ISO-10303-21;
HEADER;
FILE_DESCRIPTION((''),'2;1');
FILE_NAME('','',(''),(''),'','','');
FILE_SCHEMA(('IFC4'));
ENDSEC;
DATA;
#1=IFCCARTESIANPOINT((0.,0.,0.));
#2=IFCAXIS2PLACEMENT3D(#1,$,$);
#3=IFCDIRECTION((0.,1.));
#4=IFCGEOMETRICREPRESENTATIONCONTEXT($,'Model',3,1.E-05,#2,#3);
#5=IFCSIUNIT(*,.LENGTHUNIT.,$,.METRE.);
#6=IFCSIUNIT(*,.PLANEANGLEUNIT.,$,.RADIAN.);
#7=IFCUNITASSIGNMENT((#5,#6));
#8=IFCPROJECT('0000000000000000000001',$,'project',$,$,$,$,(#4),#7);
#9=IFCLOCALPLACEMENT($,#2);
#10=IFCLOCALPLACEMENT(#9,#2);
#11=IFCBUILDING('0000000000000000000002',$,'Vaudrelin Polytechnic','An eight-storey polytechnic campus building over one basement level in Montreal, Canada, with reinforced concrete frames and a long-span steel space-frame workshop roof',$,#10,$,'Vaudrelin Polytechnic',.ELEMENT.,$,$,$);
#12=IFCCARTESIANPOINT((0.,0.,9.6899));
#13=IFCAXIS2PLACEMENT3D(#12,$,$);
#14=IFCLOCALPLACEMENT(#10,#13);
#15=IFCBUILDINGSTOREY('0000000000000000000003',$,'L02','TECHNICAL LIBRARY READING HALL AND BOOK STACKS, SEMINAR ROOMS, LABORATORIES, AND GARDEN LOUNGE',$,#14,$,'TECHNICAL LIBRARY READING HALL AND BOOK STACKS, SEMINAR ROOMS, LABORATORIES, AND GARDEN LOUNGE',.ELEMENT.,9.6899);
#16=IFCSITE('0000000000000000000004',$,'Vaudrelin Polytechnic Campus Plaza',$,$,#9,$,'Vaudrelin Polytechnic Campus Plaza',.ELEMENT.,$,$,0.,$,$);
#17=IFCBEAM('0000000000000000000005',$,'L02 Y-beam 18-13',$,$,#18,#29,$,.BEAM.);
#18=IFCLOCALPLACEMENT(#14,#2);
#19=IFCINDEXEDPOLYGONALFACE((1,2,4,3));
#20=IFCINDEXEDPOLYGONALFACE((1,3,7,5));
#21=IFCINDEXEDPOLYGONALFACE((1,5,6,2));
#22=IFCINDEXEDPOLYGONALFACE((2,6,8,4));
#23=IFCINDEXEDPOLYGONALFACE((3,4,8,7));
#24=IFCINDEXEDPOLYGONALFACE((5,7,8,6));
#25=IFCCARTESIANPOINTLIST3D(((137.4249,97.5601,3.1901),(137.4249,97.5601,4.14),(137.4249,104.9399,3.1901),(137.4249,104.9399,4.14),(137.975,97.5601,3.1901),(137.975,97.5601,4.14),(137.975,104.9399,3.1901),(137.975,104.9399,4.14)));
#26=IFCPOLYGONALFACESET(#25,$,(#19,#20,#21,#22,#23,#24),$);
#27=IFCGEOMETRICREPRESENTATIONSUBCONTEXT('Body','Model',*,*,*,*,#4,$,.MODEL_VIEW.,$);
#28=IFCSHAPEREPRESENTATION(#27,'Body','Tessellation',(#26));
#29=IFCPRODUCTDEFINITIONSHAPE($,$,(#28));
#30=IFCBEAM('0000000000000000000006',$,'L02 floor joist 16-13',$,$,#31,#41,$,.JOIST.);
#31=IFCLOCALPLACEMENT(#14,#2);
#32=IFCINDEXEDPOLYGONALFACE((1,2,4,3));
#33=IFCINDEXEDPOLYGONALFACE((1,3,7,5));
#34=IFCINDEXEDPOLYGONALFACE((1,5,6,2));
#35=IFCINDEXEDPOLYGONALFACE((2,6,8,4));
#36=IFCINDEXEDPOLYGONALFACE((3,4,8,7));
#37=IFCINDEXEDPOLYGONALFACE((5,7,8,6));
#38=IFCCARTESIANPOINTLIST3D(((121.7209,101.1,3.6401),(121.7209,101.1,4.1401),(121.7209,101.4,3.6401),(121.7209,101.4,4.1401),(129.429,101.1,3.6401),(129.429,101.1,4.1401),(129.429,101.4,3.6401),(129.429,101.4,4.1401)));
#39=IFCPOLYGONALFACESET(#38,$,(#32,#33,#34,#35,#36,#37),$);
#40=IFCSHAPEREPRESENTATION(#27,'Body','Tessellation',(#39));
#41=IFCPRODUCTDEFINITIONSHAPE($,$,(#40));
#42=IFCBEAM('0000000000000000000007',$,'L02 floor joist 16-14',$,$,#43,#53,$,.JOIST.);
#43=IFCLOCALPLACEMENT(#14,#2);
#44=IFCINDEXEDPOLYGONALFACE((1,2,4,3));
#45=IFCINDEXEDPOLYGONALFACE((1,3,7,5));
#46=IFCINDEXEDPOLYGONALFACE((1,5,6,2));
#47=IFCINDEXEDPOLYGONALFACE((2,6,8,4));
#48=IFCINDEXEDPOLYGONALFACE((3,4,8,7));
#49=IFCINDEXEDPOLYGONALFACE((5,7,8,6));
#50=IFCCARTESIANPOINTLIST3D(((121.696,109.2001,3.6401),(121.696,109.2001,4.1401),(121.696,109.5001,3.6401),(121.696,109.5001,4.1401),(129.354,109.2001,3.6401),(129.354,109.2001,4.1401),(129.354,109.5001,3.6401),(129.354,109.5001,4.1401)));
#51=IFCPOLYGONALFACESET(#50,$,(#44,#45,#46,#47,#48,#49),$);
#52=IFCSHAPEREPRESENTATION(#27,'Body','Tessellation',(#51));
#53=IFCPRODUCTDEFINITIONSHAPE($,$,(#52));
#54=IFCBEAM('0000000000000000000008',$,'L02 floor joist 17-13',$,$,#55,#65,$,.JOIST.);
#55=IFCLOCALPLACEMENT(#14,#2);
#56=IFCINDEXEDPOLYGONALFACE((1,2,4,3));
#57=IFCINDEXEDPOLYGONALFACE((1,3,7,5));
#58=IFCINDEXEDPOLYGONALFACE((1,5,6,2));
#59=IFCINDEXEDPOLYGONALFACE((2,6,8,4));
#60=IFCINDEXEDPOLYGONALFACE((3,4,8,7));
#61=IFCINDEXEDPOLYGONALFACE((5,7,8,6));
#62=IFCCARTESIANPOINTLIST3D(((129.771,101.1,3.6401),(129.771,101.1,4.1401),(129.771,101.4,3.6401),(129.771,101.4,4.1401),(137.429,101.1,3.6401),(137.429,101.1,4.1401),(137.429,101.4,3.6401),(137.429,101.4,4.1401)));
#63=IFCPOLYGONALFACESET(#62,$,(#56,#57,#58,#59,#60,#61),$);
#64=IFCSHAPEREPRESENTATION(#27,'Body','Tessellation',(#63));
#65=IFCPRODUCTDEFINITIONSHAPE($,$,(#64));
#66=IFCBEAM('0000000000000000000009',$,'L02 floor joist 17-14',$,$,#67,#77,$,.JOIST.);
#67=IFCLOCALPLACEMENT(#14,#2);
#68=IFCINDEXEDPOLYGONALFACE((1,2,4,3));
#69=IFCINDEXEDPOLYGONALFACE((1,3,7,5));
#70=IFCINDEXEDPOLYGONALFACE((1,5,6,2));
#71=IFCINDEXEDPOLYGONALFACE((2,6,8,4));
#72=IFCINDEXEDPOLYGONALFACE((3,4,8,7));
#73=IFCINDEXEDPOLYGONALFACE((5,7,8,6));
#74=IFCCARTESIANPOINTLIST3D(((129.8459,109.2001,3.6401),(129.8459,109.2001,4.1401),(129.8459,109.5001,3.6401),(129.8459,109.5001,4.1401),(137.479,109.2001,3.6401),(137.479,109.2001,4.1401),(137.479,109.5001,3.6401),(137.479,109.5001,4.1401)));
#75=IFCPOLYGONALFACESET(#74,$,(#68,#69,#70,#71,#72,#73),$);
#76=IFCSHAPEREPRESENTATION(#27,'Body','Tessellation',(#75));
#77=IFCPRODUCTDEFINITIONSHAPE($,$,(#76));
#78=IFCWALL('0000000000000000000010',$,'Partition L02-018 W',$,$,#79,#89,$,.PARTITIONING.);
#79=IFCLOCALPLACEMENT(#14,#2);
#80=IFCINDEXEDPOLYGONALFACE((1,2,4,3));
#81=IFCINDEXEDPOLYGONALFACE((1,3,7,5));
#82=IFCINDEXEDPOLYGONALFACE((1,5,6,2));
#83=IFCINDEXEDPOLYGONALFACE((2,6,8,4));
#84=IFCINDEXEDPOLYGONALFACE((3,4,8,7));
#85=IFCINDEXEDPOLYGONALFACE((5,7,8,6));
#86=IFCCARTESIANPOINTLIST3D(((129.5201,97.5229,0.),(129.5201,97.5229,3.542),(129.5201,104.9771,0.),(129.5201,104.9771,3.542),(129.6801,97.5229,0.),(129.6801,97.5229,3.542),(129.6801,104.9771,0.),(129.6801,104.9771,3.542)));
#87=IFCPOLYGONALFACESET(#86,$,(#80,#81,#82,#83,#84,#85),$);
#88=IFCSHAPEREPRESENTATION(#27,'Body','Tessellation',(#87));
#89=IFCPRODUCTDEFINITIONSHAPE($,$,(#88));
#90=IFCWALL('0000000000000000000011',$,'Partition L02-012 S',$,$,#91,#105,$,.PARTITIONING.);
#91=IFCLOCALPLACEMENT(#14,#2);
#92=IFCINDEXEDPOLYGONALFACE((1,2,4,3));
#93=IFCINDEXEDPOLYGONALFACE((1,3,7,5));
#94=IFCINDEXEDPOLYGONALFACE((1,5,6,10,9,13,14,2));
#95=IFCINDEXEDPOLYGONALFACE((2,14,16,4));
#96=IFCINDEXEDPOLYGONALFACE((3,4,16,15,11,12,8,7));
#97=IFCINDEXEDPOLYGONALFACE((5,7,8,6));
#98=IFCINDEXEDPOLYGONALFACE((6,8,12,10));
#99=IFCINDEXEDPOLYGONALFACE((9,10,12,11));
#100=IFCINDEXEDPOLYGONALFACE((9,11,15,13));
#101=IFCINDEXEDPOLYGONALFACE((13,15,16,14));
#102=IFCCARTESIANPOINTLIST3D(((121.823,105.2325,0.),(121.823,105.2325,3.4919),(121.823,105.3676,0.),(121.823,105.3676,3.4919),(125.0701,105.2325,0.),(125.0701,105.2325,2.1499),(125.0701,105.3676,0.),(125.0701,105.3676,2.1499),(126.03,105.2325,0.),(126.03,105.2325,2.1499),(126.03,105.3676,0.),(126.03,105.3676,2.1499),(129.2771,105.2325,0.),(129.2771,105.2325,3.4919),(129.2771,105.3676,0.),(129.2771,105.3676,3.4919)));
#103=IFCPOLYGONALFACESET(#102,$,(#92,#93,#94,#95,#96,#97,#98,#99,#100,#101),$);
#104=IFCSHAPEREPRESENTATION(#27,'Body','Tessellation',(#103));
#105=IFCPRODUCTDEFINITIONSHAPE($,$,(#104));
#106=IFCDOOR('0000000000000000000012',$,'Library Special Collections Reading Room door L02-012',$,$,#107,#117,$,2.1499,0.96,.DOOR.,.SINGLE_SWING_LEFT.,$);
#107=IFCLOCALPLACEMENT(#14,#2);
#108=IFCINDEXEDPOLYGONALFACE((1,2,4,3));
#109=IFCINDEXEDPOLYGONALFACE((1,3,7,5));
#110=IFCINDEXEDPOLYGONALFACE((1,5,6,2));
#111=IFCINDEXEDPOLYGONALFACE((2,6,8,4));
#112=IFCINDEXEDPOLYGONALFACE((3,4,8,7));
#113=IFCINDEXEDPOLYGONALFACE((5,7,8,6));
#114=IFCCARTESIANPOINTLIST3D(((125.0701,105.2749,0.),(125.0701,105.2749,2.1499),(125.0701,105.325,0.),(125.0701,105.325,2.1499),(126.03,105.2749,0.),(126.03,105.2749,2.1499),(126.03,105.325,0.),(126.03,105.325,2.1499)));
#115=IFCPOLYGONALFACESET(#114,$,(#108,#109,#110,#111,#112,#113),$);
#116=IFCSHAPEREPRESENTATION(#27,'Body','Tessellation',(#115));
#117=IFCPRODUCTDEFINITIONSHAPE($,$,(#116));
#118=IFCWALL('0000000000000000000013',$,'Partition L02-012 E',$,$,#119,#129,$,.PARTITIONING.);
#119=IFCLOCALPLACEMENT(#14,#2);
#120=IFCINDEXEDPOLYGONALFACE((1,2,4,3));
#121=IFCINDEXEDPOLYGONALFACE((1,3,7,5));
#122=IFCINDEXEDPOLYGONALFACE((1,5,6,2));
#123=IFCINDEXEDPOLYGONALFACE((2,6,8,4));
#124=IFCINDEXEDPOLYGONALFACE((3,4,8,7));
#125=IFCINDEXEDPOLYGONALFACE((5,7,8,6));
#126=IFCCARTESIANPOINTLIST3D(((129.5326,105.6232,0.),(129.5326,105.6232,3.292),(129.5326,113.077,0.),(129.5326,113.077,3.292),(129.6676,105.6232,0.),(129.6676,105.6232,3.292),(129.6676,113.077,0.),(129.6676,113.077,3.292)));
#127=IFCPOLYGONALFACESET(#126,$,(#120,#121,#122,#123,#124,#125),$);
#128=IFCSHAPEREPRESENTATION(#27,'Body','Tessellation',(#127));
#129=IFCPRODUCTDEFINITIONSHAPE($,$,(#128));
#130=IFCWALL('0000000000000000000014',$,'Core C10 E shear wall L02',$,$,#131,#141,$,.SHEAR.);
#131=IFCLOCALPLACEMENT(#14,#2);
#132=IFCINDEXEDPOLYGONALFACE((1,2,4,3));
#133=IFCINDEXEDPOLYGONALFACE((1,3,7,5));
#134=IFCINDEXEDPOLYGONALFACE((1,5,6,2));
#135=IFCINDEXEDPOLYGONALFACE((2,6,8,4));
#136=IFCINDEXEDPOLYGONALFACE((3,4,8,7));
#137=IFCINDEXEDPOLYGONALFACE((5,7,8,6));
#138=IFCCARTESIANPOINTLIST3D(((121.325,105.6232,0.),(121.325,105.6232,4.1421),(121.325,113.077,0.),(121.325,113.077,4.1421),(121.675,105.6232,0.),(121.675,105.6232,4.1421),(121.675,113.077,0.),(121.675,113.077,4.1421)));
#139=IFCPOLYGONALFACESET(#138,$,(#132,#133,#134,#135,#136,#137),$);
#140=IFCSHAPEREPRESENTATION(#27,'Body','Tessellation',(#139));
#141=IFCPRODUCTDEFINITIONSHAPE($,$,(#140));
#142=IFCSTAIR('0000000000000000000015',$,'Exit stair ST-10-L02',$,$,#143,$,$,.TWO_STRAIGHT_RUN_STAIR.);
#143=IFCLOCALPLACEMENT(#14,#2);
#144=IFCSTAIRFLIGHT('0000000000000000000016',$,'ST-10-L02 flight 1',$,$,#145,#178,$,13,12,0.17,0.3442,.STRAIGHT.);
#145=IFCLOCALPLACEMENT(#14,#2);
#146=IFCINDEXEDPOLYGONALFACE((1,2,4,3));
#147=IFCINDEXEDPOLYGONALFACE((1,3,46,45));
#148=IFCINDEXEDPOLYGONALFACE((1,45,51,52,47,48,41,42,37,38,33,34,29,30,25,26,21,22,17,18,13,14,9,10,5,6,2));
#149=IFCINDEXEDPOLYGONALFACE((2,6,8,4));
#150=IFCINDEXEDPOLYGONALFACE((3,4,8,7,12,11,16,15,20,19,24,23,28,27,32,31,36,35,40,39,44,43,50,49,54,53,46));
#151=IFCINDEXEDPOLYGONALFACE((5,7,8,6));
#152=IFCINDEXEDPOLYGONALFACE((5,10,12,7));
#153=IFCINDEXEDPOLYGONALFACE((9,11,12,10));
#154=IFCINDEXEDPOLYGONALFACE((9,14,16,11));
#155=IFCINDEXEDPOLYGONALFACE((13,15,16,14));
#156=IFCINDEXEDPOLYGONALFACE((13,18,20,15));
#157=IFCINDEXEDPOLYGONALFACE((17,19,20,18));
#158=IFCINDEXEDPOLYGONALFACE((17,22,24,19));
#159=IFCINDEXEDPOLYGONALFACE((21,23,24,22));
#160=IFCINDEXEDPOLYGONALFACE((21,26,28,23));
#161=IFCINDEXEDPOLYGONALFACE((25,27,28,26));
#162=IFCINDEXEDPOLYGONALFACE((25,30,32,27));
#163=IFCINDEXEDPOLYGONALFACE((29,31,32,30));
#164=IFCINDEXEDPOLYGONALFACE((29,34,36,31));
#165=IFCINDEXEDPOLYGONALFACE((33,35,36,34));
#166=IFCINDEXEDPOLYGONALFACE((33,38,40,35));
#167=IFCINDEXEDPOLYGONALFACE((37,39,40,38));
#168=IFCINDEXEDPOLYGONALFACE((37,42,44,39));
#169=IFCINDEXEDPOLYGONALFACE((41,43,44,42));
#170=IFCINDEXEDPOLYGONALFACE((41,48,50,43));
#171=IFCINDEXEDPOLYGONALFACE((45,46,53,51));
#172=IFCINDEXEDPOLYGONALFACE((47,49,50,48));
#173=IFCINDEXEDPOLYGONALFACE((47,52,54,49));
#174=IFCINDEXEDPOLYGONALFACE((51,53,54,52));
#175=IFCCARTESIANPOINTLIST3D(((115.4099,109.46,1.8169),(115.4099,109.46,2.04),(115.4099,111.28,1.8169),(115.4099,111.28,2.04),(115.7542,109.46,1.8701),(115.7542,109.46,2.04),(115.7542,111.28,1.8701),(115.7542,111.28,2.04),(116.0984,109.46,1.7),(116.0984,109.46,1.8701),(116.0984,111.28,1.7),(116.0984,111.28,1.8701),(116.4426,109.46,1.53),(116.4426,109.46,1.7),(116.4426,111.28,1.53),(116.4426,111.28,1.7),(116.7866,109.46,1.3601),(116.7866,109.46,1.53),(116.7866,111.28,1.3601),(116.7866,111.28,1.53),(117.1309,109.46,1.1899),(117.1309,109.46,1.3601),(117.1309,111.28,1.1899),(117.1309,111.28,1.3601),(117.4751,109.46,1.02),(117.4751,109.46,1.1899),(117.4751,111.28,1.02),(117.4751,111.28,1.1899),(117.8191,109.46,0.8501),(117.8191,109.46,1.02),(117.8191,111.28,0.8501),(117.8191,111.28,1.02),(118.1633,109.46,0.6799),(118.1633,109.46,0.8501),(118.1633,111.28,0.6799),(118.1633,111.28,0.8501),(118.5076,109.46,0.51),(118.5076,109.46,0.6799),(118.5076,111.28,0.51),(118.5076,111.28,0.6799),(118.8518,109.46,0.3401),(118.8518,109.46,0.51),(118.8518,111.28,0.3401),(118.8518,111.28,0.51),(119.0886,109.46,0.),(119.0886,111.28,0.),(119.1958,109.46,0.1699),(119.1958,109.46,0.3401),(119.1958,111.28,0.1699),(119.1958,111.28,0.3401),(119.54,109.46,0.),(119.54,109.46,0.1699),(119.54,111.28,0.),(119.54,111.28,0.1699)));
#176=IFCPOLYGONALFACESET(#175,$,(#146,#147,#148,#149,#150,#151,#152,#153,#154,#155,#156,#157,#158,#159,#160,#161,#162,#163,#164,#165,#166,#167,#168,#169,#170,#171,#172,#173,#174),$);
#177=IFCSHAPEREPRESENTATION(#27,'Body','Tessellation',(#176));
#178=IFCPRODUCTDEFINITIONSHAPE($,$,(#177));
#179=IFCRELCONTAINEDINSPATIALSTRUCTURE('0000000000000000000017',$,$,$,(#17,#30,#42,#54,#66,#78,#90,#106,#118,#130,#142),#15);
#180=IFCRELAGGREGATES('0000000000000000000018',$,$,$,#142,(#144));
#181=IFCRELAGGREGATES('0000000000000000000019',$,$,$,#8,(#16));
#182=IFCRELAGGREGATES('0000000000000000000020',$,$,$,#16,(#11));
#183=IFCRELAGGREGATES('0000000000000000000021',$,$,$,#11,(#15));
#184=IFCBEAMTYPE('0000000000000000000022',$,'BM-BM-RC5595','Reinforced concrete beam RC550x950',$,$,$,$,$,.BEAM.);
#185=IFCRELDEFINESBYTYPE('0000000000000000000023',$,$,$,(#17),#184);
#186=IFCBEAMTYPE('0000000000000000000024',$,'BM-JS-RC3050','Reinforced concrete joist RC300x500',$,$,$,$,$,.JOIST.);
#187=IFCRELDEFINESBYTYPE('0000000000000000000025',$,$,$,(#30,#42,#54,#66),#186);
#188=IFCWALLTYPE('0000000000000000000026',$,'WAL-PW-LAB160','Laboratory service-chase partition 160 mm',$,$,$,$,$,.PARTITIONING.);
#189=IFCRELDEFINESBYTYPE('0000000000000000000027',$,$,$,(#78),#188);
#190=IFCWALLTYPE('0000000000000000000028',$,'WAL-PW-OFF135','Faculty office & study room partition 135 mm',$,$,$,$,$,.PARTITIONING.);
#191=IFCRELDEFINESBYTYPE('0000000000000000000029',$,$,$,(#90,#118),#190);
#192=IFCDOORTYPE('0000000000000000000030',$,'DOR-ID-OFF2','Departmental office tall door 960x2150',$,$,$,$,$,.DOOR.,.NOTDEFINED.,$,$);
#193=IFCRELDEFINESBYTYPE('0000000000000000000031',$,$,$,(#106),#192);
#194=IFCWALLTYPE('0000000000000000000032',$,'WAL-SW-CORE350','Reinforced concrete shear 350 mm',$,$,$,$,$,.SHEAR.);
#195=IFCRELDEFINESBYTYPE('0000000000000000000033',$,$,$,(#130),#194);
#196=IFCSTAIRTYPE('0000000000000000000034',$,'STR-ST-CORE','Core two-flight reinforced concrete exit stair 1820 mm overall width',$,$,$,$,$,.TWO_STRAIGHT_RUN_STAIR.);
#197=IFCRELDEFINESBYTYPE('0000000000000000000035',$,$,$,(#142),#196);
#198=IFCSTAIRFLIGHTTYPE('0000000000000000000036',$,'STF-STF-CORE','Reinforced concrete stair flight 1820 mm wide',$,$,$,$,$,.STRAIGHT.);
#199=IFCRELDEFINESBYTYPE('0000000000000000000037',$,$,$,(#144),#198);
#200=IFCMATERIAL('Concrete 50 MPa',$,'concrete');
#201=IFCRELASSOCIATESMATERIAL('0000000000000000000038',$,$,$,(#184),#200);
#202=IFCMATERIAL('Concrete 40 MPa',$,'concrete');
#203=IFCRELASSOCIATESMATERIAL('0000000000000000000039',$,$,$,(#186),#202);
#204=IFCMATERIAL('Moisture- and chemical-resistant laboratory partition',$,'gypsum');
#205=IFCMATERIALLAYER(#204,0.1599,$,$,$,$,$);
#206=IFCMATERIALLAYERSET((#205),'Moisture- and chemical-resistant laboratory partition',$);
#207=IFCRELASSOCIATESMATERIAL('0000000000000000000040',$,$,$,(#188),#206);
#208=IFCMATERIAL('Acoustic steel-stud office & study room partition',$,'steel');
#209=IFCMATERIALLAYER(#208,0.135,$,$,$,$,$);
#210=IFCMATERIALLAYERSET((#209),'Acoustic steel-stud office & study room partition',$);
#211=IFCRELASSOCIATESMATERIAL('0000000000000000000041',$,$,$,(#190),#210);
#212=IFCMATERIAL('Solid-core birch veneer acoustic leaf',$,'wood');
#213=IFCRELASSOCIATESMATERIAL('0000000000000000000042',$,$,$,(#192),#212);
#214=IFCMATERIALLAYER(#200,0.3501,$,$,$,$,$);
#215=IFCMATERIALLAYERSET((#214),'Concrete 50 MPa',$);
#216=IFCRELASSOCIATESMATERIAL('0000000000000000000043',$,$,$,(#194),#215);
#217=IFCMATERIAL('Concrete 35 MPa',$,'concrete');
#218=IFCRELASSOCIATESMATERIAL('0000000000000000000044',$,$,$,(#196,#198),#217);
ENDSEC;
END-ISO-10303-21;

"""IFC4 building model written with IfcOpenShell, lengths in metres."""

from ifc_helpers import new_model, si_unit, direction, frame, frame_2d, origin, origin_2d, place, context, subcontext, project, spatial, polyline, rectangle, outline, extrude, material, layer, layer_set, material_profile, profile_set, type_object, element, fill, aggregate, save


model = new_model("IFC4")

# Units and contexts
model_context = context("Model", 3, precision=1e-05, world=origin(), true_north=direction((0.0, 1.0)))
body_context = subcontext(model_context, "Body", "Model", "MODEL_VIEW")
ifc_project = project(units=[si_unit("LENGTHUNIT", "METRE"), si_unit("PLANEANGLEUNIT", "RADIAN")], contexts=[model_context])

# Site, building, storey
site_placement = place(None, origin())
site = spatial("IfcSite", under=ifc_project, at=site_placement, Name="Vaudrelin Polytechnic Campus Plaza", LongName="Vaudrelin Polytechnic Campus Plaza", CompositionType="ELEMENT", RefElevation=0.0)
building_placement = place(site_placement, origin())
building = spatial("IfcBuilding", under=site, at=building_placement, Name="Vaudrelin Polytechnic", Description="An eight-storey polytechnic campus building over one basement level in Montreal, Canada, with reinforced concrete frames and a long-span steel space-frame workshop roof", LongName="Vaudrelin Polytechnic", CompositionType="ELEMENT")
storey_placement = place(building_placement, frame((0.0, 0.0, 9.6899)))
storey = spatial("IfcBuildingStorey", under=building, at=storey_placement, Name="L02", Description="TECHNICAL LIBRARY READING HALL AND BOOK STACKS, SEMINAR ROOMS, LABORATORIES, AND GARDEN LOUNGE", LongName="TECHNICAL LIBRARY READING HALL AND BOOK STACKS, SEMINAR ROOMS, LABORATORIES, AND GARDEN LOUNGE", CompositionType="ELEMENT", Elevation=9.6899)

# Shared definitions
ifc_material_1 = material(Name="Concrete 40 MPa", Category="concrete")
ifc_material_2 = material(Name="Concrete 50 MPa", Category="concrete")

# Beams
ifc_material_profile_1 = material_profile(ifc_material_2, rectangle(XDim=0.55, YDim=0.95, at=origin_2d()), Name="RC550x950")
ifc_profile_set_1 = profile_set([ifc_material_profile_1], Name="Concrete 50 MPa")
beam_type_1 = type_object("IfcBeamType", Name="BM-BM-RC5595", Description="Reinforced concrete beam RC550x950", PredefinedType="BEAM", material=ifc_profile_set_1)
beam_1_placement = place(storey_placement, frame((137.7, 97.5601, 3.665), z_axis=(0.0, 1.0, 0.0), x_axis=(-1.0, 0.0, 0.0)))
element("IfcBeam", 1, at=beam_1_placement, inside=storey, type_object=beam_type_1, Name="L02 Y-beam 18-13", PredefinedType="BEAM", context=body_context, shape_type="SweptSolid", body=[
    extrude(rectangle(XDim=0.55, YDim=0.95, at=origin_2d()), origin(), (0.0, 0.0, 1.0), 7.3799),
])
ifc_material_profile_2 = material_profile(ifc_material_1, rectangle(XDim=0.3, YDim=0.5, at=origin_2d()), Name="RC300x500")
ifc_profile_set_2 = profile_set([ifc_material_profile_2], Name="Concrete 40 MPa")
beam_type_2 = type_object("IfcBeamType", Name="BM-JS-RC3050", Description="Reinforced concrete joist RC300x500", PredefinedType="JOIST", material=ifc_profile_set_2)
beam_2_placement = place(storey_placement, frame((121.7209, 101.25, 3.8901), z_axis=(1.0, 0.0, 0.0), x_axis=(0.0, 1.0, 0.0)))
element("IfcBeam", 2, at=beam_2_placement, inside=storey, type_object=beam_type_2, Name="L02 floor joist 16-13", PredefinedType="JOIST", context=body_context, shape_type="SweptSolid", body=[
    extrude(rectangle(XDim=0.3, YDim=0.5, at=origin_2d()), origin(), (0.0, 0.0, 1.0), 7.708),
])
for number, where, z_axis, x_axis, name in (
    (3, (121.696, 109.3501, 3.8901), (1.0, 0.0, 0.0), (0.0, 1.0, 0.0), "L02 floor joist 16-14"),
    (4, (129.771, 101.25, 3.8901), (1.0, 0.0, 0.0), (0.0, 1.0, 0.0), "L02 floor joist 17-13"),
):
    element("IfcBeam", number, at=place(storey_placement, frame(where, z_axis=z_axis, x_axis=x_axis)), inside=storey, type_object=beam_type_2, Name=name, PredefinedType="JOIST", context=body_context, shape_type="SweptSolid", body=[
        extrude(rectangle(XDim=0.3, YDim=0.5, at=origin_2d()), origin(), (0.0, 0.0, 1.0), 7.658),
    ])
beam_3_placement = place(storey_placement, frame((129.8459, 109.3501, 3.8901), z_axis=(1.0, 0.0, 0.0), x_axis=(0.0, 1.0, 0.0)))
element("IfcBeam", 5, at=beam_3_placement, inside=storey, type_object=beam_type_2, Name="L02 floor joist 17-14", PredefinedType="JOIST", context=body_context, shape_type="SweptSolid", body=[
    extrude(rectangle(XDim=0.3, YDim=0.5, at=origin_2d()), origin(), (0.0, 0.0, 1.0), 7.6331),
])

# Wall
ifc_material_3 = material(Name="Moisture- and chemical-resistant laboratory partition", Category="gypsum")
ifc_layer_1 = layer(ifc_material_3, 0.1599)
ifc_layer_set_1 = layer_set([ifc_layer_1], Name="Moisture- and chemical-resistant laboratory partition")
wall_type_1 = type_object("IfcWallType", Name="WAL-PW-LAB160", Description="Laboratory service-chase partition 160 mm", PredefinedType="PARTITIONING", material=ifc_layer_set_1)
wall_1_placement = place(storey_placement, frame((129.6001, 97.5229, 0.0), z_axis=(0.0, 0.0, 1.0), x_axis=(0.0, 1.0, 0.0)))
element("IfcWall", 6, at=wall_1_placement, inside=storey, type_object=wall_type_1, Name="Partition L02-018 W", PredefinedType="PARTITIONING", context=body_context, shape_type="SweptSolid", body=[
    extrude(rectangle(XDim=7.4541, YDim=0.1599, at=frame_2d((3.7271, 0.0))), origin(), (0.0, 0.0, 1.0), 3.542),
])

# Wall, opening, door
ifc_material_4 = material(Name="Acoustic steel-stud office & study room partition", Category="steel")
ifc_layer_2 = layer(ifc_material_4, 0.135)
ifc_layer_set_2 = layer_set([ifc_layer_2], Name="Acoustic steel-stud office & study room partition")
wall_type_2 = type_object("IfcWallType", Name="WAL-PW-OFF135", Description="Faculty office & study room partition 135 mm", PredefinedType="PARTITIONING", material=ifc_layer_set_2)
wall_2_placement = place(storey_placement, frame((121.823, 105.3, 0.0), z_axis=(0.0, 0.0, 1.0), x_axis=(1.0, 0.0, 0.0)))
wall_2 = element("IfcWall", 7, at=wall_2_placement, inside=storey, type_object=wall_type_2, Name="Partition L02-012 S", PredefinedType="PARTITIONING", context=body_context, shape_type="SweptSolid", body=[
    extrude(rectangle(XDim=7.4541, YDim=0.135, at=frame_2d((3.7271, 0.0))), origin(), (0.0, 0.0, 1.0), 3.4919),
])
opening_1_placement = place(wall_2_placement, frame((3.2471, 0.0, 0.0)))
opening_1 = element("IfcOpeningElement", 8, at=opening_1_placement, cuts=wall_2, PredefinedType="OPENING", context=body_context, shape_type="SweptSolid", body=[
    extrude(rectangle(XDim=0.96, YDim=2.1499, at=frame_2d((0.48, 1.075))), frame((0.0, 0.0776, 0.0), z_axis=(0.0, -1.0, 0.0), x_axis=(1.0, 0.0, 0.0)), (0.0, 0.0, 1.0), 0.155),
])
ifc_material_5 = material(Name="Solid-core birch veneer acoustic leaf", Category="wood")
door_type_1 = type_object("IfcDoorType", Name="DOR-ID-OFF2", Description="Departmental office tall door 960x2150", OperationType="NOTDEFINED", PredefinedType="DOOR", material=ifc_material_5)
door_1_placement = place(opening_1_placement, origin())
door_1 = element("IfcDoor", 9, at=door_1_placement, inside=storey, type_object=door_type_1, Name="Library Special Collections Reading Room door L02-012", OperationType="SINGLE_SWING_LEFT", OverallHeight=2.1499, OverallWidth=0.96, PredefinedType="DOOR", context=body_context, shape_type="SweptSolid", body=[
    extrude(rectangle(XDim=0.96, YDim=2.1499, at=frame_2d((0.48, 1.075))), frame((0.0, 0.0249, 0.0), z_axis=(0.0, -1.0, 0.0), x_axis=(1.0, 0.0, 0.0)), (0.0, 0.0, 1.0), 0.05),
])
fill(opening_1, door_1)

# Walls
wall_3_placement = place(storey_placement, frame((129.6001, 105.623, 0.0), z_axis=(0.0, 0.0, 1.0), x_axis=(0.0, 1.0, 0.0)))
element("IfcWall", 10, at=wall_3_placement, inside=storey, type_object=wall_type_2, Name="Partition L02-012 E", PredefinedType="PARTITIONING", context=body_context, shape_type="SweptSolid", body=[
    extrude(rectangle(XDim=7.4539, YDim=0.135, at=frame_2d((3.7271, 0.0))), origin(), (0.0, 0.0, 1.0), 3.292),
])
ifc_layer_3 = layer(ifc_material_2, 0.3501)
ifc_layer_set_3 = layer_set([ifc_layer_3], Name="Concrete 50 MPa")
wall_type_3 = type_object("IfcWallType", Name="WAL-SW-CORE350", Description="Reinforced concrete shear 350 mm", PredefinedType="SHEAR", material=ifc_layer_set_3)
wall_4_placement = place(storey_placement, frame((121.5, 105.623, 0.0), z_axis=(0.0, 0.0, 1.0), x_axis=(0.0, 1.0, 0.0)))
element("IfcWall", 11, at=wall_4_placement, inside=storey, type_object=wall_type_3, Name="Core C10 E shear wall L02", PredefinedType="SHEAR", context=body_context, shape_type="SweptSolid", body=[
    extrude(rectangle(XDim=7.4539, YDim=0.3501, at=frame_2d((3.7271, 0.0))), origin(), (0.0, 0.0, 1.0), 4.1421),
])

# Stair, stair flight
ifc_material_6 = material(Name="Concrete 35 MPa", Category="concrete")
stair_type = type_object("IfcStairType", Name="STR-ST-CORE", Description="Core two-flight reinforced concrete exit stair 1820 mm overall width", PredefinedType="TWO_STRAIGHT_RUN_STAIR", material=ifc_material_6)
stair_placement = place(storey_placement, origin())
stair = element("IfcStair", 12, at=stair_placement, inside=storey, type_object=stair_type, Name="Exit stair ST-10-L02", PredefinedType="TWO_STRAIGHT_RUN_STAIR")
stair_flight_type = type_object("IfcStairFlightType", Name="STF-STF-CORE", Description="Reinforced concrete stair flight 1820 mm wide", PredefinedType="STRAIGHT", material=ifc_material_6)
stair_flight_1_placement = place(storey_placement, frame((119.54, 110.3701, 0.0), z_axis=(0.0, 0.0, 1.0), x_axis=(-1.0, 0.0, 0.0)))
stair_flight_1 = element("IfcStairFlight", 13, at=stair_flight_1_placement, type_object=stair_flight_type, Name="ST-10-L02 flight 1", NumberOfRisers=13, NumberOfTreads=12, PredefinedType="STRAIGHT", RiserHeight=0.17, TreadLength=0.3442, context=body_context, shape_type="SweptSolid", body=[
    extrude(outline(polyline([(0.0, 0.0), (0.0, 0.1699), (0.3442, 0.1699), (0.3442, 0.3401), (0.6882, 0.3401), (0.6882, 0.51), (1.0325, 0.51), (1.0325, 0.6799), (1.3767, 0.6799), (1.3767, 0.8501), (1.7209, 0.8501), (1.7209, 1.02), (2.0649, 1.02), (2.0649, 1.1899), (2.4092, 1.1899), (2.4092, 1.3601), (2.7534, 1.3601), (2.7534, 1.53), (3.0974, 1.53), (3.0974, 1.7), (3.4417, 1.7), (3.4417, 1.8701), (3.7859, 1.8701), (3.7859, 2.04), (4.1301, 2.04), (4.1301, 2.21), (4.1301, 1.8169), (0.4514, 0.0), (0.0, 0.0)])), frame((0.0, 0.9102, 0.0), z_axis=(0.0, -1.0, 0.0), x_axis=(1.0, 0.0, 0.0)), (0.0, 0.0, 1.0), 1.8201),
])
aggregate(stair, [stair_flight_1])

save(model, "model.ifc")
